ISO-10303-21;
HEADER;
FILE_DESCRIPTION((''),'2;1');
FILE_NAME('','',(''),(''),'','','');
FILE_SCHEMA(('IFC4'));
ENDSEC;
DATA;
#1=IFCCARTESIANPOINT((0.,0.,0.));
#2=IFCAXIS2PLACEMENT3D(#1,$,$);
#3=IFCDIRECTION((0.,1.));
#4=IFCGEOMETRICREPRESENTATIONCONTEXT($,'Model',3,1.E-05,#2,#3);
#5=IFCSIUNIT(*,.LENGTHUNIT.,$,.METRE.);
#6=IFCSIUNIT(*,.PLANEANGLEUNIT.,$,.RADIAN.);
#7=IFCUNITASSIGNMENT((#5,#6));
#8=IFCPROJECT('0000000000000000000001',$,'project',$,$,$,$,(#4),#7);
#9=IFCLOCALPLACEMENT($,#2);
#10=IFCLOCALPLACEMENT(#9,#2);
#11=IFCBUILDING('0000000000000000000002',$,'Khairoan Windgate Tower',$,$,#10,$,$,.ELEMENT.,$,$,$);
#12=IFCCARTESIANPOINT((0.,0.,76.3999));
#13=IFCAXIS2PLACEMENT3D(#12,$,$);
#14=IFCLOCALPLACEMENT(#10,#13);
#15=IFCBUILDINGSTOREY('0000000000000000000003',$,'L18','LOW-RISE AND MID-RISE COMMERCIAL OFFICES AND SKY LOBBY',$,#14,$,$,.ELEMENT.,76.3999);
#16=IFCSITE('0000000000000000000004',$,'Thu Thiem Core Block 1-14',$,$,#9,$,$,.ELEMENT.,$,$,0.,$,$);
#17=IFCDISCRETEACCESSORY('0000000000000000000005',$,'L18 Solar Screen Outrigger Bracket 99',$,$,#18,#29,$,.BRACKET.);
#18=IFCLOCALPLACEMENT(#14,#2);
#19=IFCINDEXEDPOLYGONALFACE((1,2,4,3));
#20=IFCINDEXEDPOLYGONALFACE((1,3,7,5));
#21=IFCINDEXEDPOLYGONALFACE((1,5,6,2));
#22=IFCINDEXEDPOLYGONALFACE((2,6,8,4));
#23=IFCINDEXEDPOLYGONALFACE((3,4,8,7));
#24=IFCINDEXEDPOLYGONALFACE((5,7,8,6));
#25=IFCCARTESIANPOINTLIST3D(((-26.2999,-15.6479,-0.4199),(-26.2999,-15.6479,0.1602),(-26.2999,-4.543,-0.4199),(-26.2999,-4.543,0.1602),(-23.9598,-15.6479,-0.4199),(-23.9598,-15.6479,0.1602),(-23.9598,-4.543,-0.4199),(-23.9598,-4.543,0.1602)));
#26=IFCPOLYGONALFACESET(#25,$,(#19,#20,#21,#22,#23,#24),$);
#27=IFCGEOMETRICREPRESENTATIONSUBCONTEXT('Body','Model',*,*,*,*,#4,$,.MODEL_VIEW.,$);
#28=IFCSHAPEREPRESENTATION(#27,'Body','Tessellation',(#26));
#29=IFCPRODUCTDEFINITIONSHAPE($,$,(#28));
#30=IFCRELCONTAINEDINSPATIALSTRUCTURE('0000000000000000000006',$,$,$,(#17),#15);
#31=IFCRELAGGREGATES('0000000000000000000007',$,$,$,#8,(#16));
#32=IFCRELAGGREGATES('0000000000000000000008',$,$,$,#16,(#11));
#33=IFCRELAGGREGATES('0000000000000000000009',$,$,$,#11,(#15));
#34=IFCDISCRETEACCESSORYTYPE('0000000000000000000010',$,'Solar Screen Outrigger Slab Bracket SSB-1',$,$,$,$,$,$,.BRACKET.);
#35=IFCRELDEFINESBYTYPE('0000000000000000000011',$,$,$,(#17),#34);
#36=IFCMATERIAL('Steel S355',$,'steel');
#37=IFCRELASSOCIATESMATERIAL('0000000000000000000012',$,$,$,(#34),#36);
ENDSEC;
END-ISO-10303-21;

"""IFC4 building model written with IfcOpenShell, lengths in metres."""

from ifc_helpers import new_model, si_unit, direction, frame, origin, origin_2d, place, context, subcontext, project, spatial, rectangle, extrude, material, type_object, element, save


model = new_model("IFC4")

# Units and contexts
model_context = context("Model", 3, precision=1e-05, world=origin(), true_north=direction((0.0, 1.0)))
body_context = subcontext(model_context, "Body", "Model", "MODEL_VIEW")
ifc_project = project(units=[si_unit("LENGTHUNIT", "METRE"), si_unit("PLANEANGLEUNIT", "RADIAN")], contexts=[model_context])

# Site, building, storey
site_placement = place(None, origin())
site = spatial("IfcSite", under=ifc_project, at=site_placement, Name="Thu Thiem Core Block 1-14", CompositionType="ELEMENT", RefElevation=0.0)
building_placement = place(site_placement, origin())
building = spatial("IfcBuilding", under=site, at=building_placement, Name="Khairoan Windgate Tower", CompositionType="ELEMENT")
storey_placement = place(building_placement, frame((0.0, 0.0, 76.3999)))
storey = spatial("IfcBuildingStorey", under=building, at=storey_placement, Name="L18", Description="LOW-RISE AND MID-RISE COMMERCIAL OFFICES AND SKY LOBBY", CompositionType="ELEMENT", Elevation=76.3999)

# Discrete accessory
ifc_material_1 = material(Name="Steel S355", Category="steel")
discrete_accessory_type = type_object("IfcDiscreteAccessoryType", Name="Solar Screen Outrigger Slab Bracket SSB-1", PredefinedType="BRACKET", material=ifc_material_1)
discrete_accessory_placement = place(storey_placement, frame((-25.1299, -10.0955, -0.4199), z_axis=(0.0, 0.0, 1.0), x_axis=(0.0, 1.0, 0.0)))
element("IfcDiscreteAccessory", 1, at=discrete_accessory_placement, inside=storey, type_object=discrete_accessory_type, Name="L18 Solar Screen Outrigger Bracket 99", PredefinedType="BRACKET", context=body_context, shape_type="SweptSolid", body=[
    extrude(rectangle(XDim=11.105, YDim=2.3401, at=origin_2d()), origin(), (0.0, 0.0, 1.0), 0.5801),
])

save(model, "model.ifc")
